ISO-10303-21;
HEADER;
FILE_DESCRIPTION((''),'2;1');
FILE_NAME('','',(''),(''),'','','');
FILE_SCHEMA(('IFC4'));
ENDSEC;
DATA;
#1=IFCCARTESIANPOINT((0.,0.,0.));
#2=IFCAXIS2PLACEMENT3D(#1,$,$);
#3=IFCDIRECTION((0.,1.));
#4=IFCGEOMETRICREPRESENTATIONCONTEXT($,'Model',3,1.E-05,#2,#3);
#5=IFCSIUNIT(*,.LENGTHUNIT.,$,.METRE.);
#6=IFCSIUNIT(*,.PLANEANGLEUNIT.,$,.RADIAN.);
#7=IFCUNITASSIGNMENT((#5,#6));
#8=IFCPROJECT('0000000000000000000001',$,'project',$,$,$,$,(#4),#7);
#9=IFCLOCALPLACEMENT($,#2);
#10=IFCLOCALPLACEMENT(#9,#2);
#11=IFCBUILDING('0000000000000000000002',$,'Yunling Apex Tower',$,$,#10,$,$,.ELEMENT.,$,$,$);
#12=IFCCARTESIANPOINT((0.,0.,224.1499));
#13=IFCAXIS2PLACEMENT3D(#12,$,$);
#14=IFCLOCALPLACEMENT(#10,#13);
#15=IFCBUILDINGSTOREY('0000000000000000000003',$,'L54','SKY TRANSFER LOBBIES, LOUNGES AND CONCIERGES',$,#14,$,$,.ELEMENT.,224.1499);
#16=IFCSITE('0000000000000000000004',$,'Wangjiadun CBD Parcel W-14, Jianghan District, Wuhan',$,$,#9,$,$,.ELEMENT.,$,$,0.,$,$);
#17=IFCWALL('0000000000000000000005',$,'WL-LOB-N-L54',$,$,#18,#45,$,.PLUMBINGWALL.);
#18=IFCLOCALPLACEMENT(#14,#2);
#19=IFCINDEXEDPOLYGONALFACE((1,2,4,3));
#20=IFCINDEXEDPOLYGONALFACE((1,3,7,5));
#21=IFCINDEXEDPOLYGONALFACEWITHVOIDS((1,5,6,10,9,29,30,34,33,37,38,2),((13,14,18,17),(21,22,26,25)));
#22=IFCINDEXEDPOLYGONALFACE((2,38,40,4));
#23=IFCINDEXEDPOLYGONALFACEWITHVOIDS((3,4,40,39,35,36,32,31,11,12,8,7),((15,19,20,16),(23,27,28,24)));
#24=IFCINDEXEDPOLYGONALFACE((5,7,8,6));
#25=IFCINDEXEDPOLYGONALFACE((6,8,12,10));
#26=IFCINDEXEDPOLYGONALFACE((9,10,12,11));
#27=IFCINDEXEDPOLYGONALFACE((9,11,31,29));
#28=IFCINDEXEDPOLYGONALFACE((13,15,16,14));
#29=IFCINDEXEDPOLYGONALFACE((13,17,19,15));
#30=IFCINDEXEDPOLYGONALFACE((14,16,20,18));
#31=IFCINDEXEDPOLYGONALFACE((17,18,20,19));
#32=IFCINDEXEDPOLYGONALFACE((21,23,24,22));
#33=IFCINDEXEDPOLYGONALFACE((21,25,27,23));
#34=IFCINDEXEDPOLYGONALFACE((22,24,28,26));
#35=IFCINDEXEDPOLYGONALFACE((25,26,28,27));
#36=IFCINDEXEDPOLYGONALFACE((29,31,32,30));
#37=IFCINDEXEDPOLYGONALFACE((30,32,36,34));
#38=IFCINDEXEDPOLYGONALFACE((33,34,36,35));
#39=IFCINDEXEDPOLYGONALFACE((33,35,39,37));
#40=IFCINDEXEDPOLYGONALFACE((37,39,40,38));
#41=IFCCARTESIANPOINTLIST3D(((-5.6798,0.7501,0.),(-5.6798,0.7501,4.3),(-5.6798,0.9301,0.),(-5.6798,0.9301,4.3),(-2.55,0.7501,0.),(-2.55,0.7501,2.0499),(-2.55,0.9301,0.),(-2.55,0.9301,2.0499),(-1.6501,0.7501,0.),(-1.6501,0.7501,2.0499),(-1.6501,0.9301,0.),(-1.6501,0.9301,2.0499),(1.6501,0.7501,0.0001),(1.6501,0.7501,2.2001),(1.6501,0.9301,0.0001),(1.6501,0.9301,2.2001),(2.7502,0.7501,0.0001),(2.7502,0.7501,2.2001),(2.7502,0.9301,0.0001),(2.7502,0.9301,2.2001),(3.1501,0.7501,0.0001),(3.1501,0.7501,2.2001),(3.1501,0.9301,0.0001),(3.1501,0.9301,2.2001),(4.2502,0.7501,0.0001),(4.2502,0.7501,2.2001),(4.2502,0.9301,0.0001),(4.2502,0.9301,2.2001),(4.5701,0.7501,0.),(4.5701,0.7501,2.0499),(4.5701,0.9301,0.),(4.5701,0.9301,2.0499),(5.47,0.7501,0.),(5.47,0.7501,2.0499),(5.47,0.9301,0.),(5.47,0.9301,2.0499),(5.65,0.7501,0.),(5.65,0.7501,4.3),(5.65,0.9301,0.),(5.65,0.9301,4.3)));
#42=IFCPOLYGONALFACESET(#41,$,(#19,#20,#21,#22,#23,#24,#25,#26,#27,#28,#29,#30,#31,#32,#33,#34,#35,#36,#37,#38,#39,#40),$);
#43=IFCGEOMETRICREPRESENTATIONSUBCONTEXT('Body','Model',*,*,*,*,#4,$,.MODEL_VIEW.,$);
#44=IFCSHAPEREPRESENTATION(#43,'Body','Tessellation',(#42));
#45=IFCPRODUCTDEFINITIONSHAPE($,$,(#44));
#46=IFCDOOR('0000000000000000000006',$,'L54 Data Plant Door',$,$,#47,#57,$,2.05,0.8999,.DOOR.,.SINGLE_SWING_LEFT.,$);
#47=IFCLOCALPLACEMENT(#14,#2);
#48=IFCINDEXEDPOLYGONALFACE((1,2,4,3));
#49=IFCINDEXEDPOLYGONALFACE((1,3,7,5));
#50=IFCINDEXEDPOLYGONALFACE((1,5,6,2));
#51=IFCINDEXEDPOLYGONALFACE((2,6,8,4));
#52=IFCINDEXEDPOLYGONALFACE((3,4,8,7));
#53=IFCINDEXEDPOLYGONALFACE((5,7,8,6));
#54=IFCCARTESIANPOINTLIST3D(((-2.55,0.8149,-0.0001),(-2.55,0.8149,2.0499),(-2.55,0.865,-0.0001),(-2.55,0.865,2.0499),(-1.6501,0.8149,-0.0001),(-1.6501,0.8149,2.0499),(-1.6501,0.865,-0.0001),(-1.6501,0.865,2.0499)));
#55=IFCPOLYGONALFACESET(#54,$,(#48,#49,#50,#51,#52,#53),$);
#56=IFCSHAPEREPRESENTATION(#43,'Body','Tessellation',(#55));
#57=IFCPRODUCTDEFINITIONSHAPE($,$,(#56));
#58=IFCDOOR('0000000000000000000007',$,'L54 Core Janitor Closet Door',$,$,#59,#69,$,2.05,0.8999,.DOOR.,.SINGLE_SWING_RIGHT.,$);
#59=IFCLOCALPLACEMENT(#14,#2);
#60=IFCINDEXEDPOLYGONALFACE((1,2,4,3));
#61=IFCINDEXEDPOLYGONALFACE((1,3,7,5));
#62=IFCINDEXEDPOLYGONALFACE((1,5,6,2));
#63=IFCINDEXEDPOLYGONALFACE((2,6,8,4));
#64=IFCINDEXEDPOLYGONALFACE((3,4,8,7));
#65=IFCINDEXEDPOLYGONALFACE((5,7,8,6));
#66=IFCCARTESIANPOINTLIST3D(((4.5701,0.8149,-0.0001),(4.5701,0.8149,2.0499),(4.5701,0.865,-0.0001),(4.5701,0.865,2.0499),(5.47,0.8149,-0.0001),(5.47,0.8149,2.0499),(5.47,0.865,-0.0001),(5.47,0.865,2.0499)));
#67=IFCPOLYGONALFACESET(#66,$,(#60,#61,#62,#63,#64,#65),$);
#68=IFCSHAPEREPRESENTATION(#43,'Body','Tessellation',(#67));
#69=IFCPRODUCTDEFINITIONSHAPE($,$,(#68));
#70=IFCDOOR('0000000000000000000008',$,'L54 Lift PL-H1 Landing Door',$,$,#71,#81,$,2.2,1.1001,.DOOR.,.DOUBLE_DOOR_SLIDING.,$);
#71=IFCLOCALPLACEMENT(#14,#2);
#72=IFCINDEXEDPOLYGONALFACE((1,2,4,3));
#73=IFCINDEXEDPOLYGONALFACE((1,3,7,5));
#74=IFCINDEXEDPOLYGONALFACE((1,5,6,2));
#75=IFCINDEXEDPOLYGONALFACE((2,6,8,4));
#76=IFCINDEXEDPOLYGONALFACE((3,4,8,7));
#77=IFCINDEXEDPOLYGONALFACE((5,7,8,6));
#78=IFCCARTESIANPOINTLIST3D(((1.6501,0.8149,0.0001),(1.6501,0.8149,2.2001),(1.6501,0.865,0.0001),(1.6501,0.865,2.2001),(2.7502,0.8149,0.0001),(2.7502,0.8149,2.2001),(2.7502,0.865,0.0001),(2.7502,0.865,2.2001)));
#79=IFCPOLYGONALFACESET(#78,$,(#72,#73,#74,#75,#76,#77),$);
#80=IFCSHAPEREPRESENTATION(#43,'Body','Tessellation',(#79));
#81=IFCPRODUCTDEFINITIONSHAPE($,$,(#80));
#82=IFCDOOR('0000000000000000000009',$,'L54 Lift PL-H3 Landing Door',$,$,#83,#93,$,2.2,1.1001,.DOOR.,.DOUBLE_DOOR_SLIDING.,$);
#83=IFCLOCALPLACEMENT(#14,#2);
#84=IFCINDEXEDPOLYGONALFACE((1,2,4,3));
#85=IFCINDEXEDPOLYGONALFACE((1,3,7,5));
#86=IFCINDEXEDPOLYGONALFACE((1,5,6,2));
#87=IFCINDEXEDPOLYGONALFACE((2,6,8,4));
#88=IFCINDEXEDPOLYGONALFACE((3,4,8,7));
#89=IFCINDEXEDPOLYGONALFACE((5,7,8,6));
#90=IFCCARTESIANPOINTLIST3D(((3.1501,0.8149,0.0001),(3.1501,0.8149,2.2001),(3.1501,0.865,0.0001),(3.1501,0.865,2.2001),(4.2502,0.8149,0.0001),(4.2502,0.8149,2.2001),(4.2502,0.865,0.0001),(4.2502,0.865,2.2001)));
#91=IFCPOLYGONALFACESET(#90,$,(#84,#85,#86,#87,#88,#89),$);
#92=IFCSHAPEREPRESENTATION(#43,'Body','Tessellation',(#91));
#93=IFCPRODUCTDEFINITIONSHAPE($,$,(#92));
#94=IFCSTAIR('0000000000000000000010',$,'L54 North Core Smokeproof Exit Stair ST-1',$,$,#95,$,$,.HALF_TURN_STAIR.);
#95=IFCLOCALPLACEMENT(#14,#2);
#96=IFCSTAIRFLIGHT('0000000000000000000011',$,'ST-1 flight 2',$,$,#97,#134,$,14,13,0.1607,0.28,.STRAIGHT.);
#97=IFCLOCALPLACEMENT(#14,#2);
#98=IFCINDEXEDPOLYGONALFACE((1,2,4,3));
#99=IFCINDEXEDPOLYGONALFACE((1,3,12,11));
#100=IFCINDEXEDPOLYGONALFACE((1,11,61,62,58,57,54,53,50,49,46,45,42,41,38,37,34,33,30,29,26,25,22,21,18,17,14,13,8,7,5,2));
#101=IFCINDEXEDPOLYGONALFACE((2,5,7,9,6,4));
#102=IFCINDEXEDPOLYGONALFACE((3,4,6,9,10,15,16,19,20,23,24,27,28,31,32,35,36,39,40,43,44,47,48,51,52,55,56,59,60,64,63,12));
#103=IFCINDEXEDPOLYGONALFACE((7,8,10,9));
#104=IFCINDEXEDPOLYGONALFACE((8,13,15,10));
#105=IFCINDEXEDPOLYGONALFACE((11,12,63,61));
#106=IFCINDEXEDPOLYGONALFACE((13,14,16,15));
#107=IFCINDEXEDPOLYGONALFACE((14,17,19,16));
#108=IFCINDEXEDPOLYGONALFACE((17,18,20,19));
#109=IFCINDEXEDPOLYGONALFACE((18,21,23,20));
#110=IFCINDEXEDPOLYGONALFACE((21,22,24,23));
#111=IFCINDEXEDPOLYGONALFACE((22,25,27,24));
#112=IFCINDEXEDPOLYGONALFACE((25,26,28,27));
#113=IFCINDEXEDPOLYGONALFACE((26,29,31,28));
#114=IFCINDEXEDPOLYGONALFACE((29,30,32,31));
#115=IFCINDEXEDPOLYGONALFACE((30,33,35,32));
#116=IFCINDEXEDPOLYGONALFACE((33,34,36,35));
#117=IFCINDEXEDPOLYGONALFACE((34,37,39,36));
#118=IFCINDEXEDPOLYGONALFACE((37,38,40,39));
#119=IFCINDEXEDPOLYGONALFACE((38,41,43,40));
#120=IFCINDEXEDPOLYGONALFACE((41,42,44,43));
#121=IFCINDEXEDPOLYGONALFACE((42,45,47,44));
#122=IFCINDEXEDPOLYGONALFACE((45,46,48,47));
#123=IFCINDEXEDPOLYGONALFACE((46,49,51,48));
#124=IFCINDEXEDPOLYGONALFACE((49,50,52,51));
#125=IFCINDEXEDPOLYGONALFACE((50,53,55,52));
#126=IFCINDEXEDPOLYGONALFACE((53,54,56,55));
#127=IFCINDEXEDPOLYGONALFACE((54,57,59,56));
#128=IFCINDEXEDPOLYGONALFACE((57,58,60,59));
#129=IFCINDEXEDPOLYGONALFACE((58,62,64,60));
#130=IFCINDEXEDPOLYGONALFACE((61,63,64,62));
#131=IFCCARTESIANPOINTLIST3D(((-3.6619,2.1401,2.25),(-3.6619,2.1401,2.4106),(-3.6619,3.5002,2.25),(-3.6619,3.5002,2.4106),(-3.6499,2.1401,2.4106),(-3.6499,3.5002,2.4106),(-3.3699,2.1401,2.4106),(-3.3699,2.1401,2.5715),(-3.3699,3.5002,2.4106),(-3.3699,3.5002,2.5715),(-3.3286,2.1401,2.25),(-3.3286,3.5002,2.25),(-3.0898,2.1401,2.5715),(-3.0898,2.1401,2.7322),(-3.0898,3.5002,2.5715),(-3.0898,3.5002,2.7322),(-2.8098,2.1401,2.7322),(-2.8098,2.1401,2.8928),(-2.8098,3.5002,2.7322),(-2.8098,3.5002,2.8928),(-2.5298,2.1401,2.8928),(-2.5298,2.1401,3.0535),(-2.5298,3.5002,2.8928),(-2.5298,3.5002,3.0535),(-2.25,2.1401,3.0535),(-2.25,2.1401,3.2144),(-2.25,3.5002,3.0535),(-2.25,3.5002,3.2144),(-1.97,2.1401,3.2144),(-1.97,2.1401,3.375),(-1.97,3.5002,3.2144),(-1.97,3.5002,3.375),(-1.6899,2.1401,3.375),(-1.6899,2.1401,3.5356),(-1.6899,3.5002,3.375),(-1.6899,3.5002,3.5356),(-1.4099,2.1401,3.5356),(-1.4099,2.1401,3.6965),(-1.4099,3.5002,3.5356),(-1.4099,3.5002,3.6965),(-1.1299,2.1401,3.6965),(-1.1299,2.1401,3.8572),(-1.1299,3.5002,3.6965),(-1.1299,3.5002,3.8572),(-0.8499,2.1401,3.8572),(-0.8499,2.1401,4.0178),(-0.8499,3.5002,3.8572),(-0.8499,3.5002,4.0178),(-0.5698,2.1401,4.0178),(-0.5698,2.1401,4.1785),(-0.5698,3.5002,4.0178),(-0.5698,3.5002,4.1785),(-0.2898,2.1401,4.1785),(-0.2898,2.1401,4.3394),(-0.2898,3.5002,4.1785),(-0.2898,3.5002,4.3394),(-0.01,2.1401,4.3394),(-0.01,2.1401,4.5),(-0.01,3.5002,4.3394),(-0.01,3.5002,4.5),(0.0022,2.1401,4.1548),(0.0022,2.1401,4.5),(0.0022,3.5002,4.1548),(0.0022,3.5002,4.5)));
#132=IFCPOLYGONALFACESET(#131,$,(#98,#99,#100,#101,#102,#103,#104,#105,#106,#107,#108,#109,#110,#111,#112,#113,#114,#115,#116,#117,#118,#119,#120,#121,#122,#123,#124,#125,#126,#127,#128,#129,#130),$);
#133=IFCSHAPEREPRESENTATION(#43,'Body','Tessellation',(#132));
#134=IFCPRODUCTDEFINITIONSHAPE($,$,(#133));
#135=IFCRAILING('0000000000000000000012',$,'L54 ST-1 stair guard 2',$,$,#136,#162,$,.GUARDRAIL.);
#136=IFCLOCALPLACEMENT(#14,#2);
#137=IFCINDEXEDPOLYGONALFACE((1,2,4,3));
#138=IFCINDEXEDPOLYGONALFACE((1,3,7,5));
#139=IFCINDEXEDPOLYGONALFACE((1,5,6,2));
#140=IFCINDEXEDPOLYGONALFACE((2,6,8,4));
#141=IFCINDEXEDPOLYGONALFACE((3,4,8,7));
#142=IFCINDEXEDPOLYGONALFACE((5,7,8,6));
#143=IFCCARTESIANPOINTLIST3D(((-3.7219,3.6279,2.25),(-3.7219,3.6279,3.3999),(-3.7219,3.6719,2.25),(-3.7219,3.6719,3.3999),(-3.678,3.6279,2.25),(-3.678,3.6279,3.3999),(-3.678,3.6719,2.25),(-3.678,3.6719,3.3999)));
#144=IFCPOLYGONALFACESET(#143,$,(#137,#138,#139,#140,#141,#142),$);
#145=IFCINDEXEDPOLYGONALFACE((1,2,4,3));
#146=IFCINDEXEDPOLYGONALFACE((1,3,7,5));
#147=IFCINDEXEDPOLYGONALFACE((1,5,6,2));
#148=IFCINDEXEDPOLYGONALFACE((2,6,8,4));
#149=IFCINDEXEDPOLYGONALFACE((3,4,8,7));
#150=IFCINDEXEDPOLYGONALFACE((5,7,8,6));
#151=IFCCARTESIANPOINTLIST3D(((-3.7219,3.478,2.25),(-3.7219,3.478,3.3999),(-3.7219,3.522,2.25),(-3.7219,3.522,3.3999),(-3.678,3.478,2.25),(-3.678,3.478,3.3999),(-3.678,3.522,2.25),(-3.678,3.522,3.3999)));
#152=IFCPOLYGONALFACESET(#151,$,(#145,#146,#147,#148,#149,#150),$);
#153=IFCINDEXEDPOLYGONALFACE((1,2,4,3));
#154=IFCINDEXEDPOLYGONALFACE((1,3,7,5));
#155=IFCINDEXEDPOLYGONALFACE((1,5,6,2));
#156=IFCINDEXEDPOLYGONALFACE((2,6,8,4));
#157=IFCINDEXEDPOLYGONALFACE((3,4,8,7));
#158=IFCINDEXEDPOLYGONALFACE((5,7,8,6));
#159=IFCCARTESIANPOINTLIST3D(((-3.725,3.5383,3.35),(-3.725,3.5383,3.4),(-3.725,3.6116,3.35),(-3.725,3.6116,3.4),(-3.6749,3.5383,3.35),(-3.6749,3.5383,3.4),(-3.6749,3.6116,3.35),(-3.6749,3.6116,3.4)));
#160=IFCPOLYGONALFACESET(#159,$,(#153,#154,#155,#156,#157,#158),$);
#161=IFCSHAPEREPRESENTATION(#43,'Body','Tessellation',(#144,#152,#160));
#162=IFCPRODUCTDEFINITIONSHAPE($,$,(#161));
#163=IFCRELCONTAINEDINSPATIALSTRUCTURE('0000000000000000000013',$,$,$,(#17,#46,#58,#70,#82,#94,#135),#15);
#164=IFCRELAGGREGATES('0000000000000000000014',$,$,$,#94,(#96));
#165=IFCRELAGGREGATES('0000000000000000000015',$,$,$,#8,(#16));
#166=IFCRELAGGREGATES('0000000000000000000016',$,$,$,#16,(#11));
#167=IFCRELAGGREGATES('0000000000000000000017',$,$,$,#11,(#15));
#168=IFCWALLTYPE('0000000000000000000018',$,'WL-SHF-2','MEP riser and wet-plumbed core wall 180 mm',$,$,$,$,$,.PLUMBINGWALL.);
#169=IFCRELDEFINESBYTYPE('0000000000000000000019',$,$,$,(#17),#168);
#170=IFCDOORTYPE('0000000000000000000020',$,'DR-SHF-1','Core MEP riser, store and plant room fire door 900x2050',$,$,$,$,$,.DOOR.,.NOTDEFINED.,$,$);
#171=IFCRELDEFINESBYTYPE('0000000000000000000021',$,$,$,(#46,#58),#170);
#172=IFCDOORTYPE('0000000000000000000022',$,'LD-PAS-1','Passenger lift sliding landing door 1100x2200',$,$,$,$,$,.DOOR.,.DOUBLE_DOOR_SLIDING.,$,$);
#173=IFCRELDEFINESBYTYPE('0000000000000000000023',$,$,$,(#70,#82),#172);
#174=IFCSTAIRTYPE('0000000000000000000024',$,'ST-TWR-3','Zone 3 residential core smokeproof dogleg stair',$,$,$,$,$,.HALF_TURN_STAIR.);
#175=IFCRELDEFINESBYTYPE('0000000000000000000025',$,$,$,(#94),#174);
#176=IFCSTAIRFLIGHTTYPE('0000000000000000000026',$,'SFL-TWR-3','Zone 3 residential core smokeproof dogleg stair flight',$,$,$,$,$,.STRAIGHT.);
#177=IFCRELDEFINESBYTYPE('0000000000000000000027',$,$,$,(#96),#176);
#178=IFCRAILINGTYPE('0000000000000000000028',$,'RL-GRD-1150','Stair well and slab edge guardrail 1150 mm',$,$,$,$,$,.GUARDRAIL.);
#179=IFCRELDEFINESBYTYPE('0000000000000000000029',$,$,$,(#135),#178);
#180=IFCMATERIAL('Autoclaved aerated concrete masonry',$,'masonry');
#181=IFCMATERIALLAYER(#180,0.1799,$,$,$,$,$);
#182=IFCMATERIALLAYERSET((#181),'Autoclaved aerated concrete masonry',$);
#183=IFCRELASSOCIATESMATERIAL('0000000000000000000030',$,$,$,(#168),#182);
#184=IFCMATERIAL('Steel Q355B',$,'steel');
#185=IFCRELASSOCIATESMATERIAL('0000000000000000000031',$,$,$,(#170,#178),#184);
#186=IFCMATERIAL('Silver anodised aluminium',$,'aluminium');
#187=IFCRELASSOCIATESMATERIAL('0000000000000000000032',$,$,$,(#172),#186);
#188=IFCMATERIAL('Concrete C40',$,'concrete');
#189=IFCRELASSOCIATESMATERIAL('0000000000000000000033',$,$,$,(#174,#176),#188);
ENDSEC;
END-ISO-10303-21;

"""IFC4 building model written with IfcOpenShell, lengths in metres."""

from ifc_helpers import new_model, si_unit, direction, frame, frame_2d, origin, origin_2d, place, context, subcontext, project, spatial, polyline, rectangle, outline, extrude, material, layer, layer_set, type_object, element, fill, aggregate, save


model = new_model("IFC4")

# Units and contexts
model_context = context("Model", 3, precision=1e-05, world=origin(), true_north=direction((0.0, 1.0)))
body_context = subcontext(model_context, "Body", "Model", "MODEL_VIEW")
ifc_project = project(units=[si_unit("LENGTHUNIT", "METRE"), si_unit("PLANEANGLEUNIT", "RADIAN")], contexts=[model_context])

# Site, building, storey
site_placement = place(None, origin())
site = spatial("IfcSite", under=ifc_project, at=site_placement, Name="Wangjiadun CBD Parcel W-14, Jianghan District, Wuhan", CompositionType="ELEMENT", RefElevation=0.0)
building_placement = place(site_placement, origin())
building = spatial("IfcBuilding", under=site, at=building_placement, Name="Yunling Apex Tower", CompositionType="ELEMENT")
storey_placement = place(building_placement, frame((0.0, 0.0, 224.1499)))
storey = spatial("IfcBuildingStorey", under=building, at=storey_placement, Name="L54", Description="SKY TRANSFER LOBBIES, LOUNGES AND CONCIERGES", CompositionType="ELEMENT", Elevation=224.1499)

# Shared definitions
ifc_material_1 = material(Name="Steel Q355B", Category="steel")

# Shared definitions
ifc_material_2 = material(Name="Concrete C40", Category="concrete")

# Wall, openings, doors
ifc_material_3 = material(Name="Autoclaved aerated concrete masonry", Category="masonry")
ifc_layer_1 = layer(ifc_material_3, 0.1799)
ifc_layer_set_1 = layer_set([ifc_layer_1], Name="Autoclaved aerated concrete masonry")
wall_type_1 = type_object("IfcWallType", Name="WL-SHF-2", Description="MEP riser and wet-plumbed core wall 180 mm", PredefinedType="PLUMBINGWALL", material=ifc_layer_set_1)
wall_1_placement = place(storey_placement, frame((-5.6799, 0.8401, 0.0), z_axis=(0.0, 0.0, 1.0), x_axis=(1.0, 0.0, 0.0)))
wall_1 = element("IfcWall", 1, at=wall_1_placement, inside=storey, type_object=wall_type_1, Name="WL-LOB-N-L54", PredefinedType="PLUMBINGWALL", context=body_context, shape_type="SweptSolid", body=[
    extrude(rectangle(XDim=11.3298, YDim=0.1799, at=frame_2d((5.665, 0.0))), origin(), (0.0, 0.0, 1.0), 4.3),
])
opening_1_placement = place(wall_1_placement, frame((3.1299, 0.0, 0.0)))
opening_1 = element("IfcOpeningElement", 2, at=opening_1_placement, cuts=wall_1, PredefinedType="OPENING", context=body_context, shape_type="SweptSolid", body=[
    extrude(rectangle(XDim=0.8999, YDim=2.05, at=frame_2d((0.45, 1.0249))), frame((0.0, 0.1001, 0.0), z_axis=(0.0, -1.0, 0.0), x_axis=(1.0, 0.0, 0.0)), (0.0, 0.0, 1.0), 0.2),
])
opening_2_placement = place(wall_1_placement, frame((7.3301, 0.0, 0.0)))
opening_2 = element("IfcOpeningElement", 3, at=opening_2_placement, cuts=wall_1, PredefinedType="OPENING", context=body_context, shape_type="SweptSolid", body=[
    extrude(rectangle(XDim=1.1001, YDim=2.2, at=frame_2d((0.55, 1.1001))), frame((0.0, 0.1001, 0.0), z_axis=(0.0, -1.0, 0.0), x_axis=(1.0, 0.0, 0.0)), (0.0, 0.0, 1.0), 0.2),
])
opening_3_placement = place(wall_1_placement, frame((8.8301, 0.0, 0.0)))
opening_3 = element("IfcOpeningElement", 4, at=opening_3_placement, cuts=wall_1, PredefinedType="OPENING", context=body_context, shape_type="SweptSolid", body=[
    extrude(rectangle(XDim=1.1001, YDim=2.2, at=frame_2d((0.55, 1.1001))), frame((0.0, 0.1001, 0.0), z_axis=(0.0, -1.0, 0.0), x_axis=(1.0, 0.0, 0.0)), (0.0, 0.0, 1.0), 0.2),
])
opening_4_placement = place(wall_1_placement, frame((10.25, 0.0, 0.0)))
opening_4 = element("IfcOpeningElement", 5, at=opening_4_placement, cuts=wall_1, PredefinedType="OPENING", context=body_context, shape_type="SweptSolid", body=[
    extrude(rectangle(XDim=0.8999, YDim=2.05, at=frame_2d((0.45, 1.0249))), frame((0.0, 0.1001, 0.0), z_axis=(0.0, -1.0, 0.0), x_axis=(1.0, 0.0, 0.0)), (0.0, 0.0, 1.0), 0.2),
])
door_type_1 = type_object("IfcDoorType", Name="DR-SHF-1", Description="Core MEP riser, store and plant room fire door 900x2050", OperationType="NOTDEFINED", PredefinedType="DOOR", material=ifc_material_1)
door_1_placement = place(opening_1_placement, origin())
door_1 = element("IfcDoor", 6, at=door_1_placement, inside=storey, type_object=door_type_1, Name="L54 Data Plant Door", OperationType="SINGLE_SWING_LEFT", OverallHeight=2.05, OverallWidth=0.8999, PredefinedType="DOOR", context=body_context, shape_type="SweptSolid", body=[
    extrude(rectangle(XDim=0.8999, YDim=2.05, at=frame_2d((0.45, 1.0249))), frame((0.0, 0.0249, 0.0), z_axis=(0.0, -1.0, 0.0), x_axis=(1.0, 0.0, 0.0)), (0.0, 0.0, 1.0), 0.05),
])
fill(opening_1, door_1)
door_2_placement = place(opening_4_placement, origin())
door_2 = element("IfcDoor", 7, at=door_2_placement, inside=storey, type_object=door_type_1, Name="L54 Core Janitor Closet Door", OperationType="SINGLE_SWING_RIGHT", OverallHeight=2.05, OverallWidth=0.8999, PredefinedType="DOOR", context=body_context, shape_type="SweptSolid", body=[
    extrude(rectangle(XDim=0.8999, YDim=2.05, at=frame_2d((0.45, 1.0249))), frame((0.0, 0.0249, 0.0), z_axis=(0.0, -1.0, 0.0), x_axis=(1.0, 0.0, 0.0)), (0.0, 0.0, 1.0), 0.05),
])
fill(opening_4, door_2)
ifc_material_4 = material(Name="Silver anodised aluminium", Category="aluminium")
door_type_2 = type_object("IfcDoorType", Name="LD-PAS-1", Description="Passenger lift sliding landing door 1100x2200", OperationType="DOUBLE_DOOR_SLIDING", PredefinedType="DOOR", material=ifc_material_4)
door_3_placement = place(opening_2_placement, origin())
door_3 = element("IfcDoor", 8, at=door_3_placement, inside=storey, type_object=door_type_2, Name="L54 Lift PL-H1 Landing Door", OperationType="DOUBLE_DOOR_SLIDING", OverallHeight=2.2, OverallWidth=1.1001, PredefinedType="DOOR", context=body_context, shape_type="SweptSolid", body=[
    extrude(rectangle(XDim=1.1001, YDim=2.2, at=frame_2d((0.55, 1.1001))), frame((0.0, 0.0249, 0.0), z_axis=(0.0, -1.0, 0.0), x_axis=(1.0, 0.0, 0.0)), (0.0, 0.0, 1.0), 0.05),
])
fill(opening_2, door_3)
door_4_placement = place(opening_3_placement, origin())
door_4 = element("IfcDoor", 9, at=door_4_placement, inside=storey, type_object=door_type_2, Name="L54 Lift PL-H3 Landing Door", OperationType="DOUBLE_DOOR_SLIDING", OverallHeight=2.2, OverallWidth=1.1001, PredefinedType="DOOR", context=body_context, shape_type="SweptSolid", body=[
    extrude(rectangle(XDim=1.1001, YDim=2.2, at=frame_2d((0.55, 1.1001))), frame((0.0, 0.0249, 0.0), z_axis=(0.0, -1.0, 0.0), x_axis=(1.0, 0.0, 0.0)), (0.0, 0.0, 1.0), 0.05),
])
fill(opening_3, door_4)

# Stair, stair flight
stair_type = type_object("IfcStairType", Name="ST-TWR-3", Description="Zone 3 residential core smokeproof dogleg stair", PredefinedType="HALF_TURN_STAIR", material=ifc_material_2)
stair_placement = place(storey_placement, origin())
stair = element("IfcStair", 10, at=stair_placement, inside=storey, type_object=stair_type, Name="L54 North Core Smokeproof Exit Stair ST-1", PredefinedType="HALF_TURN_STAIR")
stair_flight_type = type_object("IfcStairFlightType", Name="SFL-TWR-3", Description="Zone 3 residential core smokeproof dogleg stair flight", PredefinedType="STRAIGHT", material=ifc_material_2)
stair_flight_placement = place(storey_placement, frame((-3.6499, 2.8201, 2.25), z_axis=(0.0, 0.0, 1.0), x_axis=(1.0, 0.0, 0.0)))
stair_flight = element("IfcStairFlight", 11, at=stair_flight_placement, type_object=stair_flight_type, Name="ST-1 flight 2", NumberOfRisers=14, NumberOfTreads=13, PredefinedType="STRAIGHT", RiserHeight=0.1607, TreadLength=0.28, context=body_context, shape_type="SweptSolid", body=[
    extrude(outline(polyline([(-0.012, 0.0), (-0.012, 0.1606), (0.0, 0.1606), (0.28, 0.1606), (0.28, 0.3215), (0.5601, 0.3215), (0.5601, 0.4822), (0.8401, 0.4822), (0.8401, 0.6428), (1.1201, 0.6428), (1.1201, 0.8035), (1.3999, 0.8035), (1.3999, 0.9644), (1.6799, 0.9644), (1.6799, 1.125), (1.96, 1.125), (1.96, 1.2856), (2.24, 1.2856), (2.24, 1.4465), (2.52, 1.4465), (2.52, 1.6072), (2.8, 1.6072), (2.8, 1.7678), (3.0801, 1.7678), (3.0801, 1.9285), (3.3601, 1.9285), (3.3601, 2.0894), (3.6399, 2.0894), (3.6399, 2.25), (3.6521, 2.25), (3.6521, 1.9048), (0.3213, 0.0), (-0.012, 0.0)])), frame((0.0, 0.6802, 0.0), z_axis=(0.0, -1.0, 0.0), x_axis=(1.0, 0.0, 0.0)), (0.0, 0.0, 1.0), 1.3601),
])
aggregate(stair, [stair_flight])

# Railing
railing_type_1 = type_object("IfcRailingType", Name="RL-GRD-1150", Description="Stair well and slab edge guardrail 1150 mm", PredefinedType="GUARDRAIL", material=ifc_material_1)
railing_1_placement = place(storey_placement, frame((-3.7, 3.6499, 2.25)))
element("IfcRailing", 12, at=railing_1_placement, inside=storey, type_object=railing_type_1, Name="L54 ST-1 stair guard 2", PredefinedType="GUARDRAIL", context=body_context, shape_type="SweptSolid", body=[
    extrude(rectangle(XDim=0.0439, YDim=0.0439, at=origin_2d()), origin(), (0.0, 0.0, 1.0), 1.1499),
    extrude(rectangle(XDim=0.0439, YDim=0.0439, at=origin_2d()), frame((0.0, -0.1499, 0.0)), (0.0, 0.0, 1.0), 1.1499),
    extrude(rectangle(XDim=0.05, YDim=0.05, at=origin_2d()), frame((0.0, -0.0383, 1.125), z_axis=(0.0, -1.0, 0.0), x_axis=(1.0, 0.0, 0.0)), (0.0, 0.0, 1.0), 0.0732),
])

save(model, "model.ifc")
